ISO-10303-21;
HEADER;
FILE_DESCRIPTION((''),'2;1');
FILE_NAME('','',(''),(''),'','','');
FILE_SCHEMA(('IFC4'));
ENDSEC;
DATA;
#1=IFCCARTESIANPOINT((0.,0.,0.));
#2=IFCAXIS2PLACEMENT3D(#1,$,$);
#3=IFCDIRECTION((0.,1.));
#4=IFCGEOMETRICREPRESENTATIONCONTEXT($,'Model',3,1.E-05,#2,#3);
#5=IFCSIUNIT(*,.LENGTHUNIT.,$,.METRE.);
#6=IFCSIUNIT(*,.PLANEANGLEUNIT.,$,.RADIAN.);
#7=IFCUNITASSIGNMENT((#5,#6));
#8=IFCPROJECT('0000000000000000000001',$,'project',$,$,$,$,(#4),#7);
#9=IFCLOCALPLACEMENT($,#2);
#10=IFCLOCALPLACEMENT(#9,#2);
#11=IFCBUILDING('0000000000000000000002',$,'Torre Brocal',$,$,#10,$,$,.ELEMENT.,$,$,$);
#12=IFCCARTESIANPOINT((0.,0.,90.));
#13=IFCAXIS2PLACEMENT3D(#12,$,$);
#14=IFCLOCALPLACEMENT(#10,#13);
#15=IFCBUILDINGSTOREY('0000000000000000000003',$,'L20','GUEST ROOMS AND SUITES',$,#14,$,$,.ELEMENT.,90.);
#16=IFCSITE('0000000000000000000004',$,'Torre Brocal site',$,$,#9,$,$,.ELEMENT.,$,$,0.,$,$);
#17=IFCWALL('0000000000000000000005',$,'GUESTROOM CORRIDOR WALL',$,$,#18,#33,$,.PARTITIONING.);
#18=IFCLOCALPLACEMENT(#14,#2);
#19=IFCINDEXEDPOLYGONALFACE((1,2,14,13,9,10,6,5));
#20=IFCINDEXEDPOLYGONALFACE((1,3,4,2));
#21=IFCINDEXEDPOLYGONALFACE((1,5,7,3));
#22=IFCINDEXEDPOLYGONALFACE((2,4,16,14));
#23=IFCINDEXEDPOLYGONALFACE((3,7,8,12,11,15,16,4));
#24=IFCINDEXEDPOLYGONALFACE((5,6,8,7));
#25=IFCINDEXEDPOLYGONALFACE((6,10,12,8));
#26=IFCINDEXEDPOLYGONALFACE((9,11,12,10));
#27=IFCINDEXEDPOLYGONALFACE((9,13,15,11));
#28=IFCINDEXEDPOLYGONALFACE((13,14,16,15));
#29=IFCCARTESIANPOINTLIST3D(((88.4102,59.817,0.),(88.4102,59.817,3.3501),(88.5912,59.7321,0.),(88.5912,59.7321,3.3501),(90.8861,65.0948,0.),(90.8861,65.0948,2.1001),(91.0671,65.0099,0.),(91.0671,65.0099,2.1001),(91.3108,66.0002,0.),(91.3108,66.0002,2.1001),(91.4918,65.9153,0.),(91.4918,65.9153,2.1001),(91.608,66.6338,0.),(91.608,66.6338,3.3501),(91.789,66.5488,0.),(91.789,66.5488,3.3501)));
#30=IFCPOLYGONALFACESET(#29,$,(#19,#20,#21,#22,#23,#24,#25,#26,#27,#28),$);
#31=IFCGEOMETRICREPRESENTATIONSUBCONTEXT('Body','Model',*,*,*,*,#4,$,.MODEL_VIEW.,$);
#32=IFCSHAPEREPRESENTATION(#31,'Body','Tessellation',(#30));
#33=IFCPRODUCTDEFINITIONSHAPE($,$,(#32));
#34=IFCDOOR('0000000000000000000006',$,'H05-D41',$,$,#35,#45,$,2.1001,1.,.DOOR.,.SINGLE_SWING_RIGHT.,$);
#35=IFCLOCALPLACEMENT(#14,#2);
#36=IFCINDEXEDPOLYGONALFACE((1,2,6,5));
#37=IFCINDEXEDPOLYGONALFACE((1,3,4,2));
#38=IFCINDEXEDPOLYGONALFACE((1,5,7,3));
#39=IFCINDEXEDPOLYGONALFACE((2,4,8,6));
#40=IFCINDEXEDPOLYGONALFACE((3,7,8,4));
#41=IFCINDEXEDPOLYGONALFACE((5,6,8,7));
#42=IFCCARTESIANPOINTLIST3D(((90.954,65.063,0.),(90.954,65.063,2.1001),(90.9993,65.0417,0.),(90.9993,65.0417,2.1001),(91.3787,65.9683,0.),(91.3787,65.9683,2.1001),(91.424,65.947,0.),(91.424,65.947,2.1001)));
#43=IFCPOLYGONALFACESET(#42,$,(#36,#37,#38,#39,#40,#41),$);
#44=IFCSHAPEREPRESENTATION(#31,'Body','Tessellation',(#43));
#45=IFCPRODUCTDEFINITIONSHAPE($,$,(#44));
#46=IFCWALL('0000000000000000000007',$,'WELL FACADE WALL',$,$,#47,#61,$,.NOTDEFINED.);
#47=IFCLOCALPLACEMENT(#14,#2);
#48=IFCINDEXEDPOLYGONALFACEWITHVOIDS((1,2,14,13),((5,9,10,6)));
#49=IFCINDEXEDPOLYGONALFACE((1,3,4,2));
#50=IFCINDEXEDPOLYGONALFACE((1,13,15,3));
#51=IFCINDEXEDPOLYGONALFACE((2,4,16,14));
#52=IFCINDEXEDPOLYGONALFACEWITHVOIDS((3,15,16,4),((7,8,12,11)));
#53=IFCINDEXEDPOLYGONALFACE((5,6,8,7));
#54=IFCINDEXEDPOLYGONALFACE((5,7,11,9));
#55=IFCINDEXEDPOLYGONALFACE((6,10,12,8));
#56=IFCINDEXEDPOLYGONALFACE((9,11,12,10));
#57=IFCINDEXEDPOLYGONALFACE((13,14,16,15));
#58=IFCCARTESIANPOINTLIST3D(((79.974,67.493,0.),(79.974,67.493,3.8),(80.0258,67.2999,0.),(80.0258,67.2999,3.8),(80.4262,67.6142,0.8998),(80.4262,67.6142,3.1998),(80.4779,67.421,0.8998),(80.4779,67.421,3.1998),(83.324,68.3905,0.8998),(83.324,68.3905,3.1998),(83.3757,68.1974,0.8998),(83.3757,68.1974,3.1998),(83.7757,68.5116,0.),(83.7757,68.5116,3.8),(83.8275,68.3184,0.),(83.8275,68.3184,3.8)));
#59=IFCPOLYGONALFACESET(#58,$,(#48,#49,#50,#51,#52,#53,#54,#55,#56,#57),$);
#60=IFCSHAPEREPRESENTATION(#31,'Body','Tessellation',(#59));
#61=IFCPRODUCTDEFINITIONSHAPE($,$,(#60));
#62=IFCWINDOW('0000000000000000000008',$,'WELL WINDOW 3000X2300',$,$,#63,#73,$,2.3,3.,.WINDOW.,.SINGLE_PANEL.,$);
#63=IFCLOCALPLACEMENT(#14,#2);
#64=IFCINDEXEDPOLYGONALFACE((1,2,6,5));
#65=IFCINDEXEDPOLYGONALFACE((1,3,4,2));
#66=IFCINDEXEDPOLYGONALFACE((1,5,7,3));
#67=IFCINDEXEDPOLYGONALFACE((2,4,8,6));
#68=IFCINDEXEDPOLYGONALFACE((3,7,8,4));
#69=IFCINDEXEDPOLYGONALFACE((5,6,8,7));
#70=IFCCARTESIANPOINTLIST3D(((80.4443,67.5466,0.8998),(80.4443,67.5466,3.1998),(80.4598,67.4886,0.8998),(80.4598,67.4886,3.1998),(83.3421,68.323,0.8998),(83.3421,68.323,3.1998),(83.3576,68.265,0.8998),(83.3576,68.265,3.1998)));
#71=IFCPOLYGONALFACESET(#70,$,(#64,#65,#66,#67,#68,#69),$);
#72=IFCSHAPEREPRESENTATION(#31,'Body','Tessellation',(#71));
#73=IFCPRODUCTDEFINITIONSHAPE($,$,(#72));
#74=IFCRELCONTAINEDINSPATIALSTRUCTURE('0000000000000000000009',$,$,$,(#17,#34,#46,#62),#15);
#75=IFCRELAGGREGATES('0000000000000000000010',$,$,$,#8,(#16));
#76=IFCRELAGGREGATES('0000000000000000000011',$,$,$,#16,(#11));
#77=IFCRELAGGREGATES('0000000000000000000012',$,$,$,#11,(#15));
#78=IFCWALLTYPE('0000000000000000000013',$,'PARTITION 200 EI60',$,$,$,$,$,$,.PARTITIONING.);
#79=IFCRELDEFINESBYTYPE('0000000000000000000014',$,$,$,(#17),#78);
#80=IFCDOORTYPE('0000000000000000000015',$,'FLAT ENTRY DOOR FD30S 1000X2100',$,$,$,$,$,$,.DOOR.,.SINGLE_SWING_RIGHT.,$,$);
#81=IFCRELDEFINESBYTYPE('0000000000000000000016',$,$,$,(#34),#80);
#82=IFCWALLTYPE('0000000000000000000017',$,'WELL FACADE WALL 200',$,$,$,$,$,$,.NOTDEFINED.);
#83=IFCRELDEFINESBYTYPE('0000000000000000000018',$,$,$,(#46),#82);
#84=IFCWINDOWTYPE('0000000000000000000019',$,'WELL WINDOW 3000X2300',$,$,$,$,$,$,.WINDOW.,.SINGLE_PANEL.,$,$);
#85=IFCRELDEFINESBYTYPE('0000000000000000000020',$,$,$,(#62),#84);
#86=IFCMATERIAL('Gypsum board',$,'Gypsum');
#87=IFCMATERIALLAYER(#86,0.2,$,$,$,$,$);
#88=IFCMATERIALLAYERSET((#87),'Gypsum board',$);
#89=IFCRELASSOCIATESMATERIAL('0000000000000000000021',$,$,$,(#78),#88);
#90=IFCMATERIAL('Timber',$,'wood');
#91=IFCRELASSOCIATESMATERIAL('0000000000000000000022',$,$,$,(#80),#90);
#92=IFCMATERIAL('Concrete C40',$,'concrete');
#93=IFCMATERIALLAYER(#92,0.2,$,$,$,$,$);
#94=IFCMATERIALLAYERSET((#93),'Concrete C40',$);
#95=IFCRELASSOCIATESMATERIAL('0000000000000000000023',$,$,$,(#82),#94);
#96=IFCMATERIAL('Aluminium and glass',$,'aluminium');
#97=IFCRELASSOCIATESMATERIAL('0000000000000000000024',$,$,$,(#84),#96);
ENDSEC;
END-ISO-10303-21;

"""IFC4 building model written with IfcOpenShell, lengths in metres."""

from ifc_helpers import new_model, si_unit, direction, frame, frame_2d, origin, place, context, subcontext, project, spatial, rectangle, extrude, material, layer, layer_set, type_object, element, fill, save


model = new_model("IFC4")

# Units and contexts
model_context = context("Model", 3, precision=1e-05, world=origin(), true_north=direction((0.0, 1.0)))
body_context = subcontext(model_context, "Body", "Model", "MODEL_VIEW")
ifc_project = project(units=[si_unit("LENGTHUNIT", "METRE"), si_unit("PLANEANGLEUNIT", "RADIAN")], contexts=[model_context])

# Site, building, storey
site_placement = place(None, origin())
site = spatial("IfcSite", under=ifc_project, at=site_placement, Name="Torre Brocal site", CompositionType="ELEMENT", RefElevation=0.0)
building_placement = place(site_placement, origin())
building = spatial("IfcBuilding", under=site, at=building_placement, Name="Torre Brocal", CompositionType="ELEMENT")
storey_placement = place(building_placement, frame((0.0, 0.0, 90.0)))
storey = spatial("IfcBuildingStorey", under=building, at=storey_placement, Name="L20", Description="GUEST ROOMS AND SUITES", CompositionType="ELEMENT", Elevation=90.0)

# Wall, opening, door
ifc_material_1 = material(Name="Gypsum board", Category="Gypsum")
ifc_layer_1 = layer(ifc_material_1, 0.2)
ifc_layer_set_1 = layer_set([ifc_layer_1], Name="Gypsum board")
wall_type_1 = type_object("IfcWallType", Name="PARTITION 200 EI60", PredefinedType="PARTITIONING", material=ifc_layer_set_1)
wall_1_placement = place(storey_placement, frame((88.5007, 59.7747, 0.0), z_axis=(0.0, 0.0, 1.0), x_axis=(0.424701, 0.905334, 0.0)))
wall_1 = element("IfcWall", 1, at=wall_1_placement, inside=storey, type_object=wall_type_1, Name="GUESTROOM CORRIDOR WALL", PredefinedType="PARTITIONING", context=body_context, shape_type="SweptSolid", body=[
    extrude(rectangle(XDim=7.5295, YDim=0.2, at=frame_2d((3.7646, 0.0))), origin(), (0.0, 0.0, 1.0), 3.3501),
])
opening_1_placement = place(wall_1_placement, frame((5.8296, 0.0, 0.0)))
opening_1 = element("IfcOpeningElement", 2, at=opening_1_placement, cuts=wall_1, PredefinedType="OPENING", context=body_context, shape_type="SweptSolid", body=[
    extrude(rectangle(XDim=1.0, YDim=2.1001, at=frame_2d((0.5, 1.05))), frame((0.0, 0.1099, 0.0), z_axis=(0.0, -1.0, 0.0), x_axis=(1.0, 0.0, 0.0)), (0.0, 0.0, 1.0), 0.22),
])
ifc_material_2 = material(Name="Timber", Category="wood")
door_type_1 = type_object("IfcDoorType", Name="FLAT ENTRY DOOR FD30S 1000X2100", OperationType="SINGLE_SWING_RIGHT", PredefinedType="DOOR", material=ifc_material_2)
door_1_placement = place(opening_1_placement, origin())
door_1 = element("IfcDoor", 3, at=door_1_placement, inside=storey, type_object=door_type_1, Name="H05-D41", OperationType="SINGLE_SWING_RIGHT", OverallHeight=2.1001, OverallWidth=1.0, PredefinedType="DOOR", context=body_context, shape_type="SweptSolid", body=[
    extrude(rectangle(XDim=1.0, YDim=2.1001, at=frame_2d((0.5, 1.05))), frame((0.0, 0.0249, 0.0), z_axis=(0.0, -1.0, 0.0), x_axis=(1.0, 0.0, 0.0)), (0.0, 0.0, 1.0), 0.05),
])
fill(opening_1, door_1)

# Wall, opening, window
ifc_material_3 = material(Name="Concrete C40", Category="concrete")
ifc_layer_2 = layer(ifc_material_3, 0.2)
ifc_layer_set_2 = layer_set([ifc_layer_2], Name="Concrete C40")
wall_type_2 = type_object("IfcWallType", Name="WELL FACADE WALL 200", PredefinedType="NOTDEFINED", material=ifc_layer_set_2)
wall_2_placement = place(storey_placement, frame((80.0, 67.3965, 0.0), z_axis=(0.0, 0.0, 1.0), x_axis=(0.965934, 0.25879, 0.0)))
wall_2 = element("IfcWall", 4, at=wall_2_placement, inside=storey, type_object=wall_type_2, Name="WELL FACADE WALL", PredefinedType="NOTDEFINED", context=body_context, shape_type="SweptSolid", body=[
    extrude(rectangle(XDim=3.9358, YDim=0.2, at=frame_2d((1.9678, 0.0))), origin(), (0.0, 0.0, 1.0), 3.8),
])
opening_2_placement = place(wall_2_placement, frame((0.468, 0.0, 0.8999)))
opening_2 = element("IfcOpeningElement", 5, at=opening_2_placement, cuts=wall_2, PredefinedType="OPENING", context=body_context, shape_type="SweptSolid", body=[
    extrude(rectangle(XDim=3.0, YDim=2.3, at=frame_2d((1.5, 1.1499))), frame((0.0, 0.1099, 0.0), z_axis=(0.0, -1.0, 0.0), x_axis=(1.0, 0.0, 0.0)), (0.0, 0.0, 1.0), 0.22),
])
ifc_material_4 = material(Name="Aluminium and glass", Category="aluminium")
window_type = type_object("IfcWindowType", Name="WELL WINDOW 3000X2300", PartitioningType="SINGLE_PANEL", PredefinedType="WINDOW", material=ifc_material_4)
window_placement = place(opening_2_placement, origin())
window = element("IfcWindow", 6, at=window_placement, inside=storey, type_object=window_type, Name="WELL WINDOW 3000X2300", OverallHeight=2.3, OverallWidth=3.0, PartitioningType="SINGLE_PANEL", PredefinedType="WINDOW", context=body_context, shape_type="SweptSolid", body=[
    extrude(rectangle(XDim=3.0, YDim=2.3, at=frame_2d((1.5, 1.1499))), frame((0.0, 0.03, 0.0), z_axis=(0.0, -1.0, 0.0), x_axis=(1.0, 0.0, 0.0)), (0.0, 0.0, 1.0), 0.0601),
])
fill(opening_2, window)

save(model, "model.ifc")
